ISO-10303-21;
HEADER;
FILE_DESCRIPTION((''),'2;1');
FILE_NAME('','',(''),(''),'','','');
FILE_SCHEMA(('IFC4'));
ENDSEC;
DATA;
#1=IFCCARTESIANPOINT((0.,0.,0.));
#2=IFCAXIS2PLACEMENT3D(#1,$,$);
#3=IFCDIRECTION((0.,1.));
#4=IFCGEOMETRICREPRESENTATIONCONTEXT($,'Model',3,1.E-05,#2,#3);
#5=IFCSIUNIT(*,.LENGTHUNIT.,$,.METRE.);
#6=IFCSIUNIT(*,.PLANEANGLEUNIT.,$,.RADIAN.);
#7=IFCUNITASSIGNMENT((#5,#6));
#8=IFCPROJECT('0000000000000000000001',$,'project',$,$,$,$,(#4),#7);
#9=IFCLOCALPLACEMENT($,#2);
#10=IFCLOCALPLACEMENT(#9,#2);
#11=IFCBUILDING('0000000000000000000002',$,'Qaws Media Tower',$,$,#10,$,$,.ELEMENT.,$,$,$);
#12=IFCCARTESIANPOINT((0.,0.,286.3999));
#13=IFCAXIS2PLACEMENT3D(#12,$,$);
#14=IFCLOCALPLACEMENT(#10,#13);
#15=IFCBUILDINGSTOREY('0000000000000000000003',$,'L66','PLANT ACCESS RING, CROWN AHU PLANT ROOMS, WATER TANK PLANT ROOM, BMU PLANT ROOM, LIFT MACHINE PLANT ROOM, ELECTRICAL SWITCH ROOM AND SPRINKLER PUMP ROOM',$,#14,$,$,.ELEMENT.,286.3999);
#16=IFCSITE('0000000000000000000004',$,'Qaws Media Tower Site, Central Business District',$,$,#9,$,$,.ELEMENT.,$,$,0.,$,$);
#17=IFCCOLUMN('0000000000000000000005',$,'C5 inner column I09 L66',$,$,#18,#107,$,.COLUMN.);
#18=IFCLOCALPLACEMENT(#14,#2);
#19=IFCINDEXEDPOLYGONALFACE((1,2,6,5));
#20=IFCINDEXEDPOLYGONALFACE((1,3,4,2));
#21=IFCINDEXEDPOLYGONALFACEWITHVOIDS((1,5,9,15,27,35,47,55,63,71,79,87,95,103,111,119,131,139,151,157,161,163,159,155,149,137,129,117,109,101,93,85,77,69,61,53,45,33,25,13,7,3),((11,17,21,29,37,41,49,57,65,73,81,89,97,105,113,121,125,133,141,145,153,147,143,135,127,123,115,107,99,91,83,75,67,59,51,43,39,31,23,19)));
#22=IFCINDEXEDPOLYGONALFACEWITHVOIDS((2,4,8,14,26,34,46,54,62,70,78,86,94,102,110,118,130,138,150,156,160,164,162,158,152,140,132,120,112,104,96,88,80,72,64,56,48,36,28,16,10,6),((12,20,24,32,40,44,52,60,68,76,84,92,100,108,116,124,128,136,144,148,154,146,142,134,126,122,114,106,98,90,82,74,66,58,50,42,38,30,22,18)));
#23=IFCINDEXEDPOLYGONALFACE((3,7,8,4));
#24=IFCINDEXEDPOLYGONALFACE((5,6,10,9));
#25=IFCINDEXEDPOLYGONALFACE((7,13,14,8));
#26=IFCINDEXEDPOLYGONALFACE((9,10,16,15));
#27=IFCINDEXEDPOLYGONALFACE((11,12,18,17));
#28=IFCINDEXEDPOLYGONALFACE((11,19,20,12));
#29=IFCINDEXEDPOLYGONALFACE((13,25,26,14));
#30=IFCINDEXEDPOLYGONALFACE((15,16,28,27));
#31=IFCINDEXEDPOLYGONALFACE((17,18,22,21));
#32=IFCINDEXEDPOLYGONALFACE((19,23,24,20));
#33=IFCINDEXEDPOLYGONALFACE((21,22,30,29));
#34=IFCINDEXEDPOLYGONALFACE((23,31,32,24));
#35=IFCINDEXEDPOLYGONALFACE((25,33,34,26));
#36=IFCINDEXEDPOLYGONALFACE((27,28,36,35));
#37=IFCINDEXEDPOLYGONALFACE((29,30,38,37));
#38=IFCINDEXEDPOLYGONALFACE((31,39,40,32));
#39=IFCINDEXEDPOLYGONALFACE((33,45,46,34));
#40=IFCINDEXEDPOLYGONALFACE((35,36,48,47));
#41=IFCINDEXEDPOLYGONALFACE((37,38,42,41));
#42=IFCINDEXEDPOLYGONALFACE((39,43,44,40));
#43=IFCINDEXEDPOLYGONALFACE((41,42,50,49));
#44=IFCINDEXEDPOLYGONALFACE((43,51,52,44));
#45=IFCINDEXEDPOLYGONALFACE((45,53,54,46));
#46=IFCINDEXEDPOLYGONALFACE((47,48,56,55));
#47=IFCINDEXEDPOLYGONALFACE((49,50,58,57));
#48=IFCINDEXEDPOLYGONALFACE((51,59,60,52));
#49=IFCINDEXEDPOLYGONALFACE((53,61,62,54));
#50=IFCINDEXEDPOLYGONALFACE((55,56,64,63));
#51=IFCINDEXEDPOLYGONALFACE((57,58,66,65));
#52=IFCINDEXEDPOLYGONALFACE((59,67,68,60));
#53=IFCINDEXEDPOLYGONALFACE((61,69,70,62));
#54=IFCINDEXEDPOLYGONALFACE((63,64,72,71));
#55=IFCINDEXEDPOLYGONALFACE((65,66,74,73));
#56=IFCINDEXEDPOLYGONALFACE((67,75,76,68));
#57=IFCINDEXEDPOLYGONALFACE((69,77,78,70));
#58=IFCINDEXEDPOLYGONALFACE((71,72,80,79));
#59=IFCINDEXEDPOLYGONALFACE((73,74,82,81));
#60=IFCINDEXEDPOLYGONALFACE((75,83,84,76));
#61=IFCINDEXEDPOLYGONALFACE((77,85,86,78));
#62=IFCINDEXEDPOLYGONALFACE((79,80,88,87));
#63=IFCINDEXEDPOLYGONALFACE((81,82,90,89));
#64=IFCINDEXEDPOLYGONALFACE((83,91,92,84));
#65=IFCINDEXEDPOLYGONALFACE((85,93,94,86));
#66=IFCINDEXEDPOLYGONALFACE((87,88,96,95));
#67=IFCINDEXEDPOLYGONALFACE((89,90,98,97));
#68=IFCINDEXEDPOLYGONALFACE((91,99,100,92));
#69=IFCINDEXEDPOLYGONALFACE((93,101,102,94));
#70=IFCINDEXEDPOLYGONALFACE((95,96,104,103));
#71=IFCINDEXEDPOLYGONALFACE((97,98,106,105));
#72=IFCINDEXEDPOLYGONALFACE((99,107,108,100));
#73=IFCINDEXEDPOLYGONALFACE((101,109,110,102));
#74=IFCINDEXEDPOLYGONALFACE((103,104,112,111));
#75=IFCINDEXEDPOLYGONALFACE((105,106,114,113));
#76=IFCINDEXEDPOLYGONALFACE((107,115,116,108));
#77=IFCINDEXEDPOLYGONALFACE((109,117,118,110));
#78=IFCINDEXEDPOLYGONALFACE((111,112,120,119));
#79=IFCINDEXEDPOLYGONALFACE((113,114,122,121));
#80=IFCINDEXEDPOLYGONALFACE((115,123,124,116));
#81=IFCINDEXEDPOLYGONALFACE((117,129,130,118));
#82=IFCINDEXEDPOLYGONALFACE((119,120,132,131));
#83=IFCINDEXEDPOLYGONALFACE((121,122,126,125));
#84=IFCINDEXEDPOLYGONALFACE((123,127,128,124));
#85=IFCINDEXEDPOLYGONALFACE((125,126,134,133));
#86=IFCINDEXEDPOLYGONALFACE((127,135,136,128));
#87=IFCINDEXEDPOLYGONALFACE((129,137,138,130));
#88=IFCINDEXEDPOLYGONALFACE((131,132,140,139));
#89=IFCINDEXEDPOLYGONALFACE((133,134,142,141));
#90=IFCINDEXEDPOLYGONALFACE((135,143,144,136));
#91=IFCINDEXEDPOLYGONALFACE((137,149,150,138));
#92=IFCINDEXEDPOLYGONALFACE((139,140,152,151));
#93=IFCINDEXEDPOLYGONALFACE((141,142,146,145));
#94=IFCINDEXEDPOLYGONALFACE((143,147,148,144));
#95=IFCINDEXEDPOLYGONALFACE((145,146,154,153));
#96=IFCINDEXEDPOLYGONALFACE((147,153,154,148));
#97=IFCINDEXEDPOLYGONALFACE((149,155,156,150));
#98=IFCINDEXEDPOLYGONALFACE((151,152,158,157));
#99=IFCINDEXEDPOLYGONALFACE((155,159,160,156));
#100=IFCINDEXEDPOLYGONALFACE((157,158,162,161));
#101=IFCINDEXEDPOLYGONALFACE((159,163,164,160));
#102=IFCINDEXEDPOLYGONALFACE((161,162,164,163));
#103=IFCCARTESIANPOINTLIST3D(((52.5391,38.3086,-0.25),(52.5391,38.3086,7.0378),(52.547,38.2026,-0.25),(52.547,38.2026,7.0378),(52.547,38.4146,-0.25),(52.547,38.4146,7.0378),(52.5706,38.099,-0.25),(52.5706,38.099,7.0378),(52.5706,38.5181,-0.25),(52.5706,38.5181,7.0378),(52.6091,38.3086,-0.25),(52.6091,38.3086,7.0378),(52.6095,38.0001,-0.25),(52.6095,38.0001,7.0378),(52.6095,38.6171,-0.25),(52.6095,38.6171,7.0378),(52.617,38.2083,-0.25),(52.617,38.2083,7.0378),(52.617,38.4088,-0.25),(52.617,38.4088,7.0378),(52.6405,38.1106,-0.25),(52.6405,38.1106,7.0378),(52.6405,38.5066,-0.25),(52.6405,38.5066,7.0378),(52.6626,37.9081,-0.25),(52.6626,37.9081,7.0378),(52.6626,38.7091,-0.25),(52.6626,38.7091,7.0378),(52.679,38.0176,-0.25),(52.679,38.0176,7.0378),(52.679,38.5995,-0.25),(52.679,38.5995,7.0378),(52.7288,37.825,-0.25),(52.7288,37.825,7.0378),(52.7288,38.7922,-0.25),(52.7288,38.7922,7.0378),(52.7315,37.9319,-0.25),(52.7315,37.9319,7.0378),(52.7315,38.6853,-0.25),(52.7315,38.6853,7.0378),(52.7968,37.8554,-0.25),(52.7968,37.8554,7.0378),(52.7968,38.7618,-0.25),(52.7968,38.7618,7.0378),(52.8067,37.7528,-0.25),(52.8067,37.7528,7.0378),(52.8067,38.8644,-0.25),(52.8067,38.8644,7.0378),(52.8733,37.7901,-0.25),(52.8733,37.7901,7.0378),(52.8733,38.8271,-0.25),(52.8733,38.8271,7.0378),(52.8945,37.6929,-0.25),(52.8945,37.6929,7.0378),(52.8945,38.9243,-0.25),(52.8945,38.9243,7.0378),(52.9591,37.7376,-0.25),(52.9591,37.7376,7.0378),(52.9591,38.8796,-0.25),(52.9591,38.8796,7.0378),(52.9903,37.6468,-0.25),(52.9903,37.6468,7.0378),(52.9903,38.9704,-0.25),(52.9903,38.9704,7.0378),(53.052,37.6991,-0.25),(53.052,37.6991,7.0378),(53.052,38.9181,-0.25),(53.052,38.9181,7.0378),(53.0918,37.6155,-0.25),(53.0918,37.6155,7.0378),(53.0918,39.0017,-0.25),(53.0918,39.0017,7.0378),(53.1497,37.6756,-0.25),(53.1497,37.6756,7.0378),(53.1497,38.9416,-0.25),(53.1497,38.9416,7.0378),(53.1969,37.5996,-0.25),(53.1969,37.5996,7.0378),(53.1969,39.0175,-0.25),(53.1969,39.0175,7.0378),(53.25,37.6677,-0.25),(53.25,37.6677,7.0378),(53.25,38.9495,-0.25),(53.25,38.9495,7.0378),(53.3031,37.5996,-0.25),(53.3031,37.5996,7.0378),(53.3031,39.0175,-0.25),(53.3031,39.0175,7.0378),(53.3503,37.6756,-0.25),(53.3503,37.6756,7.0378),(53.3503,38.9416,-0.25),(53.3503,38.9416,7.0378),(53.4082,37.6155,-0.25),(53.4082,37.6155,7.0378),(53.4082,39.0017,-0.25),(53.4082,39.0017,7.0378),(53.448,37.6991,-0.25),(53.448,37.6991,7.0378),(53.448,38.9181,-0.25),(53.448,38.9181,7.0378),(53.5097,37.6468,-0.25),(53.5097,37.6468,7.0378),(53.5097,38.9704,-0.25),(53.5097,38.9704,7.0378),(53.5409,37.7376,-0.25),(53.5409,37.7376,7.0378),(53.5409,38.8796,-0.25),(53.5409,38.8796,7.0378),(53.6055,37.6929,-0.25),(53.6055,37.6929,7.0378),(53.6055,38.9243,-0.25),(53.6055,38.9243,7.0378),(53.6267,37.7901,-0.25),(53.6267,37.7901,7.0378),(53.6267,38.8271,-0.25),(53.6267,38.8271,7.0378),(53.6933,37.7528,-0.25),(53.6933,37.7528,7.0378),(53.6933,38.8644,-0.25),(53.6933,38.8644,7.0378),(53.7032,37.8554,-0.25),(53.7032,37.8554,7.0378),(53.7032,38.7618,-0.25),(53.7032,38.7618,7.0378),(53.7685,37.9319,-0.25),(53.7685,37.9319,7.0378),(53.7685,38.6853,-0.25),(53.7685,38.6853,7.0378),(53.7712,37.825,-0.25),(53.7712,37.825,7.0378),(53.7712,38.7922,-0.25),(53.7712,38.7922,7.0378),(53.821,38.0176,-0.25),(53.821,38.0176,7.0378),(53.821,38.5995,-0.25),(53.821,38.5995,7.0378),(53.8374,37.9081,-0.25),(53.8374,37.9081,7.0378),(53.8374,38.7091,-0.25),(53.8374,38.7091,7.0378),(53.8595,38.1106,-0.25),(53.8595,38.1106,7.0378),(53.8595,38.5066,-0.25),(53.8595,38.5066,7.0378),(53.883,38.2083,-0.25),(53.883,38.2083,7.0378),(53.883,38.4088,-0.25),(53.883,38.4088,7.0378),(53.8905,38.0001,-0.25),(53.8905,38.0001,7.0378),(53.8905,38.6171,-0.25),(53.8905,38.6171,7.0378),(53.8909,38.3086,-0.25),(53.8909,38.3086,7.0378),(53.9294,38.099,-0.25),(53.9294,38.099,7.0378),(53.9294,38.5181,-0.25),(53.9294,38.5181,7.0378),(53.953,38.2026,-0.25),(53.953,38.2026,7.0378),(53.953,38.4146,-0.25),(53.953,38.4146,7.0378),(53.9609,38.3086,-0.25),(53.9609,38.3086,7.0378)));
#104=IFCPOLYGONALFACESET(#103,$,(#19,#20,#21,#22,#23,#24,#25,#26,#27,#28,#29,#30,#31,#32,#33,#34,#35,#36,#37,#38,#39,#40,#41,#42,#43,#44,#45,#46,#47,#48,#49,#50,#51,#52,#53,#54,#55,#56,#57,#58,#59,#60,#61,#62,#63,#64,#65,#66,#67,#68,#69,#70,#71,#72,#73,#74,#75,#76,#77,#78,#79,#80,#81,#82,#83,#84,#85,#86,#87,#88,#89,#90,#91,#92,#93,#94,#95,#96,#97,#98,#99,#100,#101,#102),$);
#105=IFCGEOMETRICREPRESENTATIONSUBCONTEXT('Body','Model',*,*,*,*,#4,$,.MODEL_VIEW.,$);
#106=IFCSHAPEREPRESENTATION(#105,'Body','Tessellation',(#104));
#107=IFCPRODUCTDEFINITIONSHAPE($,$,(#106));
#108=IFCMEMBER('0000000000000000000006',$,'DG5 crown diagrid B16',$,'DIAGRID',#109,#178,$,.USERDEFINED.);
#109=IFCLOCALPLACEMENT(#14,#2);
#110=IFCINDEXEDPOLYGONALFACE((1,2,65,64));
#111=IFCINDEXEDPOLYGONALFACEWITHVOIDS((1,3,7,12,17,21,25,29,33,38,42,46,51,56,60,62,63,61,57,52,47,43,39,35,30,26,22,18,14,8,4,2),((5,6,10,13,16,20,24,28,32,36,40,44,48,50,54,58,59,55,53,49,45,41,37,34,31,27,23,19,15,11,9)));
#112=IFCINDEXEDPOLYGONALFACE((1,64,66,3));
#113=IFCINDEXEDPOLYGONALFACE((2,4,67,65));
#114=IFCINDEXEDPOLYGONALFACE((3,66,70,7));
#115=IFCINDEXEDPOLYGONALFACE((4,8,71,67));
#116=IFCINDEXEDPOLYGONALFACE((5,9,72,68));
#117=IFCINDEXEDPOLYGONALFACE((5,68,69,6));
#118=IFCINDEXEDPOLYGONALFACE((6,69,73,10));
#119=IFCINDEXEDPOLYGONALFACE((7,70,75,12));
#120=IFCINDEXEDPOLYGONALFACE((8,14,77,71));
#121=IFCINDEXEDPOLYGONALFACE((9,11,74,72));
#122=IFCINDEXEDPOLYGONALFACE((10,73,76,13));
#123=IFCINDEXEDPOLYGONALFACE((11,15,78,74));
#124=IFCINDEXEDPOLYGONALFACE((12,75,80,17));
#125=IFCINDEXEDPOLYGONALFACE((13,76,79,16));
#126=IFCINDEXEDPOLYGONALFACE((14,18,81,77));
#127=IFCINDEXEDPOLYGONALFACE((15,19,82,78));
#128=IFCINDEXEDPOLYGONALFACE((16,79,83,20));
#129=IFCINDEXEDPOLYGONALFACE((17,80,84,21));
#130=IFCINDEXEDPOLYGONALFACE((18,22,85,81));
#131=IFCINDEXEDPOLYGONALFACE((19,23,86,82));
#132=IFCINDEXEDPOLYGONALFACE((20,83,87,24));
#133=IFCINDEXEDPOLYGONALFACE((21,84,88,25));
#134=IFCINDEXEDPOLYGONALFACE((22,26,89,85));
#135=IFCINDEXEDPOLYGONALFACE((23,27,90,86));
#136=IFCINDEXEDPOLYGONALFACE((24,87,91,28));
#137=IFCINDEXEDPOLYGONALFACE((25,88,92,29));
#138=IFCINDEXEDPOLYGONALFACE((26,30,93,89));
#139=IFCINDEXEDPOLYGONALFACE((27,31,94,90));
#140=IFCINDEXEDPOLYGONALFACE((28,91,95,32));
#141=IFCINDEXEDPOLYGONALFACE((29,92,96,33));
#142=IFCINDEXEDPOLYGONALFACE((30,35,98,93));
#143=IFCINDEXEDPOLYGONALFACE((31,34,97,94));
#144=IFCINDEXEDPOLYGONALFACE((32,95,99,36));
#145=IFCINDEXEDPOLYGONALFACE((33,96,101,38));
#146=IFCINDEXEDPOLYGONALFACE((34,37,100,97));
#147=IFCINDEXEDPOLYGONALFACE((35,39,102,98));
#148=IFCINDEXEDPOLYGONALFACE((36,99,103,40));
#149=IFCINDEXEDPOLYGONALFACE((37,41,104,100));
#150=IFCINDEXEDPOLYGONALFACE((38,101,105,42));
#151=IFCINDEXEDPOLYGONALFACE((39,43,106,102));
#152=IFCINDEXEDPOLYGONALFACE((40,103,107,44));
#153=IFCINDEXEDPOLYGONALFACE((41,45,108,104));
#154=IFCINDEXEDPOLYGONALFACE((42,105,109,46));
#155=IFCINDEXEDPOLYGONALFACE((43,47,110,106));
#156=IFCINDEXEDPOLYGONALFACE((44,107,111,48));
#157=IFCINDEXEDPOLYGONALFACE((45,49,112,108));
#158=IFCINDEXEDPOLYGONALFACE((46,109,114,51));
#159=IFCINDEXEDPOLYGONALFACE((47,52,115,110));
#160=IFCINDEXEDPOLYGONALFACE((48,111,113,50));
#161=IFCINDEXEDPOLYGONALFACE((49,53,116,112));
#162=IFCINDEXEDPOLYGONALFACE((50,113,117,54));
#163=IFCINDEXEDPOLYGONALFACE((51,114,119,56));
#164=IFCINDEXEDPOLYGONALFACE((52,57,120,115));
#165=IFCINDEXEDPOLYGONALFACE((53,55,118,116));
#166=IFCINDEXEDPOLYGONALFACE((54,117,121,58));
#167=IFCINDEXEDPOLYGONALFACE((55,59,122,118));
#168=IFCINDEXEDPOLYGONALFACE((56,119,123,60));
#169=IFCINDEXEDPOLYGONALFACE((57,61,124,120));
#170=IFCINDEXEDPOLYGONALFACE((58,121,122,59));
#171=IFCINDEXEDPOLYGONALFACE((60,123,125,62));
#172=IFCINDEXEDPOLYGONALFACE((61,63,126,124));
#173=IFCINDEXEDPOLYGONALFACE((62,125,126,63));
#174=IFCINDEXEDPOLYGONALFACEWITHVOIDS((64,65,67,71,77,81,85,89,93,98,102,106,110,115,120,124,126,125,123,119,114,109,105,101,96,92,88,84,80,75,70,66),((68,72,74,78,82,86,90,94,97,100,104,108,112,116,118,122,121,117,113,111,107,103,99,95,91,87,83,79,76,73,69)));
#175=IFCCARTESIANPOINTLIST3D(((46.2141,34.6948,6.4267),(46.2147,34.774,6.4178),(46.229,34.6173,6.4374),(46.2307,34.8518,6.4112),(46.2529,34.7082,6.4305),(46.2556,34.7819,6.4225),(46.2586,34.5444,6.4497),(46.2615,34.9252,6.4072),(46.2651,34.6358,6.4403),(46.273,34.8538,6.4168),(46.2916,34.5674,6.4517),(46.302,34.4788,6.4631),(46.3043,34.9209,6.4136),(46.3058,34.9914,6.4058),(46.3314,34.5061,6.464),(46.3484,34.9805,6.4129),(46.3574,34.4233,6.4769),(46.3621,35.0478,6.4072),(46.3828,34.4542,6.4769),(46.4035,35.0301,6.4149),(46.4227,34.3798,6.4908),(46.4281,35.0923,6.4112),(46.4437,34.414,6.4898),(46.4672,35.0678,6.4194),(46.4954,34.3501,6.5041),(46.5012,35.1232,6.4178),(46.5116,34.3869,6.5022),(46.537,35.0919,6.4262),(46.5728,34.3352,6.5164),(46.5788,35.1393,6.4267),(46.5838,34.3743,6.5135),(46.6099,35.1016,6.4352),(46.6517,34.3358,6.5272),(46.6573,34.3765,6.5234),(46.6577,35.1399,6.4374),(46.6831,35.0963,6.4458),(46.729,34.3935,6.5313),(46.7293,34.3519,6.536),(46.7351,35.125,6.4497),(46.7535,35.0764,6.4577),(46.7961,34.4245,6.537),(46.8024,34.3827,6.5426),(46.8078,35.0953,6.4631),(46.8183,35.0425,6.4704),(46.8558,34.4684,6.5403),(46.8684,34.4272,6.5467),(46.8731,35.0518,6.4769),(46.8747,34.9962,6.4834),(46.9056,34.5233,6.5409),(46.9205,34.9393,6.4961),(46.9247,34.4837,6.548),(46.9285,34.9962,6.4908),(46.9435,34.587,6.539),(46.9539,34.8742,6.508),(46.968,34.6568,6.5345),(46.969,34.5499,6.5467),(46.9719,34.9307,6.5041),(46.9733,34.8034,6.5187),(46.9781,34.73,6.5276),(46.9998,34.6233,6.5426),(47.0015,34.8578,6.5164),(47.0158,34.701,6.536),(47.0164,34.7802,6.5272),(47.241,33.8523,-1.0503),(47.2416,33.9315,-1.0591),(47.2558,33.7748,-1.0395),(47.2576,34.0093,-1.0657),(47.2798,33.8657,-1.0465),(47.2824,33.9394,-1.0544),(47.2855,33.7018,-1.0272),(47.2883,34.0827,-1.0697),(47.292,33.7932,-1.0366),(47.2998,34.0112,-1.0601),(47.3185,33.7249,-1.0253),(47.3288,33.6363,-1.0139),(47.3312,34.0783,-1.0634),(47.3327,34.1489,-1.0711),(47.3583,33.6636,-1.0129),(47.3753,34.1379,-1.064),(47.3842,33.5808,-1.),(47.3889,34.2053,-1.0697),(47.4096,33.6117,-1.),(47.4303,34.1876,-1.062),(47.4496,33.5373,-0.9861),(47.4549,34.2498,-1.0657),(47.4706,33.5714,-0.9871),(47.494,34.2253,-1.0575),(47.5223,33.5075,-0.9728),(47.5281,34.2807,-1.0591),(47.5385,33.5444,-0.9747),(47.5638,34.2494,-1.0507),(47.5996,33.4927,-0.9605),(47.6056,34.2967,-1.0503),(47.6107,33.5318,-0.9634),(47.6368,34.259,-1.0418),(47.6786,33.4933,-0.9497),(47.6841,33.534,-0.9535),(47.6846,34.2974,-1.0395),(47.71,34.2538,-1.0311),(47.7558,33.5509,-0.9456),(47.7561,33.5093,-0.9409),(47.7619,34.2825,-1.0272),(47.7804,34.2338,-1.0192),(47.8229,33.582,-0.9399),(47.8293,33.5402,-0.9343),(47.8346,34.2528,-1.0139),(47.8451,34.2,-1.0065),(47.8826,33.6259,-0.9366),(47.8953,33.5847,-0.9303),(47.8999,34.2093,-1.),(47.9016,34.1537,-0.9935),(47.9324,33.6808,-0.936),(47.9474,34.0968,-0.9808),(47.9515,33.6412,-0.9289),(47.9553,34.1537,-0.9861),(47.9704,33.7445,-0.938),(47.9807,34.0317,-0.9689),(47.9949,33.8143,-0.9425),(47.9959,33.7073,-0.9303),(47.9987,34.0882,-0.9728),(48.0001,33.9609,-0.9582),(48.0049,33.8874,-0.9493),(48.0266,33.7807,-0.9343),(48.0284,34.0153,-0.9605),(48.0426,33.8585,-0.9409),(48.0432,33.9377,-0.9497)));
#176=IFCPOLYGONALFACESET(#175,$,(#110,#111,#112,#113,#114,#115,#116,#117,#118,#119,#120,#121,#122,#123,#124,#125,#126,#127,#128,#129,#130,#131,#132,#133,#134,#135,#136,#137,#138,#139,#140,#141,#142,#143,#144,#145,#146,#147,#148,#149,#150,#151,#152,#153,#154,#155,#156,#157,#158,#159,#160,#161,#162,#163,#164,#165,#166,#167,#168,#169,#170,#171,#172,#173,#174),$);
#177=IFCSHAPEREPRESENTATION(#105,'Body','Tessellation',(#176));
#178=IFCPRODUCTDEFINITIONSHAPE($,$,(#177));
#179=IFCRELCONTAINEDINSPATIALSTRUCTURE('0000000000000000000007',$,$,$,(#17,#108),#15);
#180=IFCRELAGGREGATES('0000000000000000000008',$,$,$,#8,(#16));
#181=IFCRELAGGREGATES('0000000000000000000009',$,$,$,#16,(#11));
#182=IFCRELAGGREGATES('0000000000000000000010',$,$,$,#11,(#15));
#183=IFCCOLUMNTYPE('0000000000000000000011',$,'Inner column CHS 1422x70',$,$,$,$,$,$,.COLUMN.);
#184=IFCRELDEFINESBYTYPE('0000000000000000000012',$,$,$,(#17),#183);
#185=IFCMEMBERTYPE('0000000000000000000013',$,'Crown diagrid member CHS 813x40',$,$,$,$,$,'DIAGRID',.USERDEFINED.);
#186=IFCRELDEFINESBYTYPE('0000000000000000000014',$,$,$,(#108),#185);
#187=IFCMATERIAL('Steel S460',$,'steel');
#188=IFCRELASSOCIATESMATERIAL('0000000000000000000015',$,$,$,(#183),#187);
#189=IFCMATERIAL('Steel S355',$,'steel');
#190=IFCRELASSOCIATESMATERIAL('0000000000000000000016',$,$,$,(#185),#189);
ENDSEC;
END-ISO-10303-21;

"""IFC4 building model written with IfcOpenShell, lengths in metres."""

from ifc_helpers import new_model, si_unit, direction, frame, origin, origin_2d, place, context, subcontext, project, spatial, hollow_circle, extrude, material, material_profile, profile_set, type_object, element, save


model = new_model("IFC4")

# Units and contexts
model_context = context("Model", 3, precision=1e-05, world=origin(), true_north=direction((0.0, 1.0)))
body_context = subcontext(model_context, "Body", "Model", "MODEL_VIEW")
ifc_project = project(units=[si_unit("LENGTHUNIT", "METRE"), si_unit("PLANEANGLEUNIT", "RADIAN")], contexts=[model_context])

# Site, building, storey
site_placement = place(None, origin())
site = spatial("IfcSite", under=ifc_project, at=site_placement, Name="Qaws Media Tower Site, Central Business District", CompositionType="ELEMENT", RefElevation=0.0)
building_placement = place(site_placement, origin())
building = spatial("IfcBuilding", under=site, at=building_placement, Name="Qaws Media Tower", CompositionType="ELEMENT")
storey_placement = place(building_placement, frame((0.0, 0.0, 286.3999)))
storey = spatial("IfcBuildingStorey", under=building, at=storey_placement, Name="L66", Description="PLANT ACCESS RING, CROWN AHU PLANT ROOMS, WATER TANK PLANT ROOM, BMU PLANT ROOM, LIFT MACHINE PLANT ROOM, ELECTRICAL SWITCH ROOM AND SPRINKLER PUMP ROOM", CompositionType="ELEMENT", Elevation=286.3999)

# Column
ifc_material_1 = material(Name="Steel S460", Category="steel")
ifc_material_profile_1 = material_profile(ifc_material_1, hollow_circle(Radius=0.7109, WallThickness=0.0701, at=origin_2d()), Name="CHS 1422x70")
ifc_profile_set_1 = profile_set([ifc_material_profile_1], Name="Steel S460")
column_type = type_object("IfcColumnType", Name="Inner column CHS 1422x70", PredefinedType="COLUMN", material=ifc_profile_set_1)
column_placement = place(storey_placement, frame((53.25, 38.3086, -0.25), z_axis=(0.0, 0.0, 1.0), x_axis=(1.0, 0.0, 0.0)))
element("IfcColumn", 1, at=column_placement, inside=storey, type_object=column_type, Name="C5 inner column I09 L66", PredefinedType="COLUMN", context=body_context, shape_type="SweptSolid", body=[
    extrude(hollow_circle(Radius=0.7109, WallThickness=0.0701, at=origin_2d()), origin(), (0.0, 0.0, 1.0), 7.2878),
])

# Member
ifc_material_2 = material(Name="Steel S355", Category="steel")
ifc_material_profile_2 = material_profile(ifc_material_2, hollow_circle(Radius=0.4065, WallThickness=0.04, at=origin_2d()), Name="CHS 813x40")
ifc_profile_set_2 = profile_set([ifc_material_profile_2], Name="Steel S355")
member_type = type_object("IfcMemberType", Name="Crown diagrid member CHS 813x40", ElementType="DIAGRID", PredefinedType="USERDEFINED", material=ifc_profile_set_2)
member_1_placement = place(storey_placement, frame((47.6421, 33.895, -1.0), z_axis=(-0.135217, 0.110945, 0.984585), x_axis=(-0.634308, -0.77308, 0.0)))
element("IfcMember", 2, at=member_1_placement, inside=storey, type_object=member_type, Name="DG5 crown diagrid B16", ObjectType="DIAGRID", PredefinedType="USERDEFINED", context=body_context, shape_type="SweptSolid", body=[
    extrude(hollow_circle(Radius=0.4065, WallThickness=0.04, at=origin_2d()), origin(), (0.0, 0.0, 1.0), 7.594),
])

save(model, "model.ifc")
